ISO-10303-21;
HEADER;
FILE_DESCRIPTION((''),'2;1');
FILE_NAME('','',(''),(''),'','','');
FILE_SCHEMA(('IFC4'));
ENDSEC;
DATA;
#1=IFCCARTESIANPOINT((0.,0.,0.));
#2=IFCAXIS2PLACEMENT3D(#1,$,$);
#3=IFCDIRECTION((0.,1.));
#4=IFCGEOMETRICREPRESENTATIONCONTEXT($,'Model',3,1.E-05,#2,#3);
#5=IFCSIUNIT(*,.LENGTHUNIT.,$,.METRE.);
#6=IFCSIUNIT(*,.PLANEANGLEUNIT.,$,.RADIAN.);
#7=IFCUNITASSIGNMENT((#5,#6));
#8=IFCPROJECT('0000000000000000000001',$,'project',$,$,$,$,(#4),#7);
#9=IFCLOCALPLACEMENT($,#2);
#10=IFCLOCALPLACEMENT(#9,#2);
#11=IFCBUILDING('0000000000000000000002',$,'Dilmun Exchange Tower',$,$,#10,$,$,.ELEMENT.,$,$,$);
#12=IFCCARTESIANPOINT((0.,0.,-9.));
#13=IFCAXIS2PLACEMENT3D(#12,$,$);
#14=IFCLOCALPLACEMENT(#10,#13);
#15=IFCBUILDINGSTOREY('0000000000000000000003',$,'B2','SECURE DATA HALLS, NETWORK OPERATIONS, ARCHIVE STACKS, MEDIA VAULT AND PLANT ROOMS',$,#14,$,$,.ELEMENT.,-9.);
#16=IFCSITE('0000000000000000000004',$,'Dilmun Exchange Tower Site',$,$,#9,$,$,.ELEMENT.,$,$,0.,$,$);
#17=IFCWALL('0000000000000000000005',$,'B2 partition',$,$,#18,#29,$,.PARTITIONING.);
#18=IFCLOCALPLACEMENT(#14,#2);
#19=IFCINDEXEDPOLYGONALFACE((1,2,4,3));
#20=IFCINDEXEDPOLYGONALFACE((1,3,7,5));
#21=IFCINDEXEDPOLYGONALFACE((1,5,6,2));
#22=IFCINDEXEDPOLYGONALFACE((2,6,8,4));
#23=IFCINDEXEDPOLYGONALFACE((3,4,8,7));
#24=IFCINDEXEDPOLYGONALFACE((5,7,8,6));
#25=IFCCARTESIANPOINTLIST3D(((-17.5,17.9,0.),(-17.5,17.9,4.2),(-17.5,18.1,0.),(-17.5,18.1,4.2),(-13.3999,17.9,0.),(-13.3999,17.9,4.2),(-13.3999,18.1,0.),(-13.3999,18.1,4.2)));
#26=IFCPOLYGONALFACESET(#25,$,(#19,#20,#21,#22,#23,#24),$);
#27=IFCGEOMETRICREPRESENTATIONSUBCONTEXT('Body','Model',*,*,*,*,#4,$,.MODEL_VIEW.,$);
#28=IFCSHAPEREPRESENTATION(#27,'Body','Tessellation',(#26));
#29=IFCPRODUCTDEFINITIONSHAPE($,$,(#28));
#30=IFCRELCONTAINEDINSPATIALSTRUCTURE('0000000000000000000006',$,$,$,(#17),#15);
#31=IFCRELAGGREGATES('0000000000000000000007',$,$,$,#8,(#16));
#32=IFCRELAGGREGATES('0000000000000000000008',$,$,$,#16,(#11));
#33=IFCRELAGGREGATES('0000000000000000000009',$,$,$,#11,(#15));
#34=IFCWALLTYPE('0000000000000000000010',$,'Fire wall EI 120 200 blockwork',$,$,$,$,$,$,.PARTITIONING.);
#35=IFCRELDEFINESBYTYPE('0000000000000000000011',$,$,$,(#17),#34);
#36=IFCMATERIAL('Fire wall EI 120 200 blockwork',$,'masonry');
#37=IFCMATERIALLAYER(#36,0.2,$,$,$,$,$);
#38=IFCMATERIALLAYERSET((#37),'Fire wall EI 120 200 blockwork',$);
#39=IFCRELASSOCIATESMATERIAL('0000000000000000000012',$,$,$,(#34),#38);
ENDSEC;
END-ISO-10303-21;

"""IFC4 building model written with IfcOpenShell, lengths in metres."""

from ifc_helpers import new_model, si_unit, direction, frame, frame_2d, origin, place, context, subcontext, project, spatial, rectangle, extrude, material, layer, layer_set, type_object, element, save


model = new_model("IFC4")

# Units and contexts
model_context = context("Model", 3, precision=1e-05, world=origin(), true_north=direction((0.0, 1.0)))
body_context = subcontext(model_context, "Body", "Model", "MODEL_VIEW")
ifc_project = project(units=[si_unit("LENGTHUNIT", "METRE"), si_unit("PLANEANGLEUNIT", "RADIAN")], contexts=[model_context])

# Site, building, storey
site_placement = place(None, origin())
site = spatial("IfcSite", under=ifc_project, at=site_placement, Name="Dilmun Exchange Tower Site", CompositionType="ELEMENT", RefElevation=0.0)
building_placement = place(site_placement, origin())
building = spatial("IfcBuilding", under=site, at=building_placement, Name="Dilmun Exchange Tower", CompositionType="ELEMENT")
storey_placement = place(building_placement, frame((0.0, 0.0, -9.0)))
storey = spatial("IfcBuildingStorey", under=building, at=storey_placement, Name="B2", Description="SECURE DATA HALLS, NETWORK OPERATIONS, ARCHIVE STACKS, MEDIA VAULT AND PLANT ROOMS", CompositionType="ELEMENT", Elevation=-9.0)

# Wall
ifc_material_1 = material(Name="Fire wall EI 120 200 blockwork", Category="masonry")
ifc_layer_1 = layer(ifc_material_1, 0.2)
ifc_layer_set_1 = layer_set([ifc_layer_1], Name="Fire wall EI 120 200 blockwork")
wall_type_1 = type_object("IfcWallType", Name="Fire wall EI 120 200 blockwork", PredefinedType="PARTITIONING", material=ifc_layer_set_1)
wall_1_placement = place(storey_placement, frame((-17.5, 18.0, 0.0), z_axis=(0.0, 0.0, 1.0), x_axis=(1.0, 0.0, 0.0)))
element("IfcWall", 1, at=wall_1_placement, inside=storey, type_object=wall_type_1, Name="B2 partition", PredefinedType="PARTITIONING", context=body_context, shape_type="SweptSolid", body=[
    extrude(rectangle(XDim=4.1001, YDim=0.2, at=frame_2d((2.05, 0.0))), origin(), (0.0, 0.0, 1.0), 4.2),
])

save(model, "model.ifc")
